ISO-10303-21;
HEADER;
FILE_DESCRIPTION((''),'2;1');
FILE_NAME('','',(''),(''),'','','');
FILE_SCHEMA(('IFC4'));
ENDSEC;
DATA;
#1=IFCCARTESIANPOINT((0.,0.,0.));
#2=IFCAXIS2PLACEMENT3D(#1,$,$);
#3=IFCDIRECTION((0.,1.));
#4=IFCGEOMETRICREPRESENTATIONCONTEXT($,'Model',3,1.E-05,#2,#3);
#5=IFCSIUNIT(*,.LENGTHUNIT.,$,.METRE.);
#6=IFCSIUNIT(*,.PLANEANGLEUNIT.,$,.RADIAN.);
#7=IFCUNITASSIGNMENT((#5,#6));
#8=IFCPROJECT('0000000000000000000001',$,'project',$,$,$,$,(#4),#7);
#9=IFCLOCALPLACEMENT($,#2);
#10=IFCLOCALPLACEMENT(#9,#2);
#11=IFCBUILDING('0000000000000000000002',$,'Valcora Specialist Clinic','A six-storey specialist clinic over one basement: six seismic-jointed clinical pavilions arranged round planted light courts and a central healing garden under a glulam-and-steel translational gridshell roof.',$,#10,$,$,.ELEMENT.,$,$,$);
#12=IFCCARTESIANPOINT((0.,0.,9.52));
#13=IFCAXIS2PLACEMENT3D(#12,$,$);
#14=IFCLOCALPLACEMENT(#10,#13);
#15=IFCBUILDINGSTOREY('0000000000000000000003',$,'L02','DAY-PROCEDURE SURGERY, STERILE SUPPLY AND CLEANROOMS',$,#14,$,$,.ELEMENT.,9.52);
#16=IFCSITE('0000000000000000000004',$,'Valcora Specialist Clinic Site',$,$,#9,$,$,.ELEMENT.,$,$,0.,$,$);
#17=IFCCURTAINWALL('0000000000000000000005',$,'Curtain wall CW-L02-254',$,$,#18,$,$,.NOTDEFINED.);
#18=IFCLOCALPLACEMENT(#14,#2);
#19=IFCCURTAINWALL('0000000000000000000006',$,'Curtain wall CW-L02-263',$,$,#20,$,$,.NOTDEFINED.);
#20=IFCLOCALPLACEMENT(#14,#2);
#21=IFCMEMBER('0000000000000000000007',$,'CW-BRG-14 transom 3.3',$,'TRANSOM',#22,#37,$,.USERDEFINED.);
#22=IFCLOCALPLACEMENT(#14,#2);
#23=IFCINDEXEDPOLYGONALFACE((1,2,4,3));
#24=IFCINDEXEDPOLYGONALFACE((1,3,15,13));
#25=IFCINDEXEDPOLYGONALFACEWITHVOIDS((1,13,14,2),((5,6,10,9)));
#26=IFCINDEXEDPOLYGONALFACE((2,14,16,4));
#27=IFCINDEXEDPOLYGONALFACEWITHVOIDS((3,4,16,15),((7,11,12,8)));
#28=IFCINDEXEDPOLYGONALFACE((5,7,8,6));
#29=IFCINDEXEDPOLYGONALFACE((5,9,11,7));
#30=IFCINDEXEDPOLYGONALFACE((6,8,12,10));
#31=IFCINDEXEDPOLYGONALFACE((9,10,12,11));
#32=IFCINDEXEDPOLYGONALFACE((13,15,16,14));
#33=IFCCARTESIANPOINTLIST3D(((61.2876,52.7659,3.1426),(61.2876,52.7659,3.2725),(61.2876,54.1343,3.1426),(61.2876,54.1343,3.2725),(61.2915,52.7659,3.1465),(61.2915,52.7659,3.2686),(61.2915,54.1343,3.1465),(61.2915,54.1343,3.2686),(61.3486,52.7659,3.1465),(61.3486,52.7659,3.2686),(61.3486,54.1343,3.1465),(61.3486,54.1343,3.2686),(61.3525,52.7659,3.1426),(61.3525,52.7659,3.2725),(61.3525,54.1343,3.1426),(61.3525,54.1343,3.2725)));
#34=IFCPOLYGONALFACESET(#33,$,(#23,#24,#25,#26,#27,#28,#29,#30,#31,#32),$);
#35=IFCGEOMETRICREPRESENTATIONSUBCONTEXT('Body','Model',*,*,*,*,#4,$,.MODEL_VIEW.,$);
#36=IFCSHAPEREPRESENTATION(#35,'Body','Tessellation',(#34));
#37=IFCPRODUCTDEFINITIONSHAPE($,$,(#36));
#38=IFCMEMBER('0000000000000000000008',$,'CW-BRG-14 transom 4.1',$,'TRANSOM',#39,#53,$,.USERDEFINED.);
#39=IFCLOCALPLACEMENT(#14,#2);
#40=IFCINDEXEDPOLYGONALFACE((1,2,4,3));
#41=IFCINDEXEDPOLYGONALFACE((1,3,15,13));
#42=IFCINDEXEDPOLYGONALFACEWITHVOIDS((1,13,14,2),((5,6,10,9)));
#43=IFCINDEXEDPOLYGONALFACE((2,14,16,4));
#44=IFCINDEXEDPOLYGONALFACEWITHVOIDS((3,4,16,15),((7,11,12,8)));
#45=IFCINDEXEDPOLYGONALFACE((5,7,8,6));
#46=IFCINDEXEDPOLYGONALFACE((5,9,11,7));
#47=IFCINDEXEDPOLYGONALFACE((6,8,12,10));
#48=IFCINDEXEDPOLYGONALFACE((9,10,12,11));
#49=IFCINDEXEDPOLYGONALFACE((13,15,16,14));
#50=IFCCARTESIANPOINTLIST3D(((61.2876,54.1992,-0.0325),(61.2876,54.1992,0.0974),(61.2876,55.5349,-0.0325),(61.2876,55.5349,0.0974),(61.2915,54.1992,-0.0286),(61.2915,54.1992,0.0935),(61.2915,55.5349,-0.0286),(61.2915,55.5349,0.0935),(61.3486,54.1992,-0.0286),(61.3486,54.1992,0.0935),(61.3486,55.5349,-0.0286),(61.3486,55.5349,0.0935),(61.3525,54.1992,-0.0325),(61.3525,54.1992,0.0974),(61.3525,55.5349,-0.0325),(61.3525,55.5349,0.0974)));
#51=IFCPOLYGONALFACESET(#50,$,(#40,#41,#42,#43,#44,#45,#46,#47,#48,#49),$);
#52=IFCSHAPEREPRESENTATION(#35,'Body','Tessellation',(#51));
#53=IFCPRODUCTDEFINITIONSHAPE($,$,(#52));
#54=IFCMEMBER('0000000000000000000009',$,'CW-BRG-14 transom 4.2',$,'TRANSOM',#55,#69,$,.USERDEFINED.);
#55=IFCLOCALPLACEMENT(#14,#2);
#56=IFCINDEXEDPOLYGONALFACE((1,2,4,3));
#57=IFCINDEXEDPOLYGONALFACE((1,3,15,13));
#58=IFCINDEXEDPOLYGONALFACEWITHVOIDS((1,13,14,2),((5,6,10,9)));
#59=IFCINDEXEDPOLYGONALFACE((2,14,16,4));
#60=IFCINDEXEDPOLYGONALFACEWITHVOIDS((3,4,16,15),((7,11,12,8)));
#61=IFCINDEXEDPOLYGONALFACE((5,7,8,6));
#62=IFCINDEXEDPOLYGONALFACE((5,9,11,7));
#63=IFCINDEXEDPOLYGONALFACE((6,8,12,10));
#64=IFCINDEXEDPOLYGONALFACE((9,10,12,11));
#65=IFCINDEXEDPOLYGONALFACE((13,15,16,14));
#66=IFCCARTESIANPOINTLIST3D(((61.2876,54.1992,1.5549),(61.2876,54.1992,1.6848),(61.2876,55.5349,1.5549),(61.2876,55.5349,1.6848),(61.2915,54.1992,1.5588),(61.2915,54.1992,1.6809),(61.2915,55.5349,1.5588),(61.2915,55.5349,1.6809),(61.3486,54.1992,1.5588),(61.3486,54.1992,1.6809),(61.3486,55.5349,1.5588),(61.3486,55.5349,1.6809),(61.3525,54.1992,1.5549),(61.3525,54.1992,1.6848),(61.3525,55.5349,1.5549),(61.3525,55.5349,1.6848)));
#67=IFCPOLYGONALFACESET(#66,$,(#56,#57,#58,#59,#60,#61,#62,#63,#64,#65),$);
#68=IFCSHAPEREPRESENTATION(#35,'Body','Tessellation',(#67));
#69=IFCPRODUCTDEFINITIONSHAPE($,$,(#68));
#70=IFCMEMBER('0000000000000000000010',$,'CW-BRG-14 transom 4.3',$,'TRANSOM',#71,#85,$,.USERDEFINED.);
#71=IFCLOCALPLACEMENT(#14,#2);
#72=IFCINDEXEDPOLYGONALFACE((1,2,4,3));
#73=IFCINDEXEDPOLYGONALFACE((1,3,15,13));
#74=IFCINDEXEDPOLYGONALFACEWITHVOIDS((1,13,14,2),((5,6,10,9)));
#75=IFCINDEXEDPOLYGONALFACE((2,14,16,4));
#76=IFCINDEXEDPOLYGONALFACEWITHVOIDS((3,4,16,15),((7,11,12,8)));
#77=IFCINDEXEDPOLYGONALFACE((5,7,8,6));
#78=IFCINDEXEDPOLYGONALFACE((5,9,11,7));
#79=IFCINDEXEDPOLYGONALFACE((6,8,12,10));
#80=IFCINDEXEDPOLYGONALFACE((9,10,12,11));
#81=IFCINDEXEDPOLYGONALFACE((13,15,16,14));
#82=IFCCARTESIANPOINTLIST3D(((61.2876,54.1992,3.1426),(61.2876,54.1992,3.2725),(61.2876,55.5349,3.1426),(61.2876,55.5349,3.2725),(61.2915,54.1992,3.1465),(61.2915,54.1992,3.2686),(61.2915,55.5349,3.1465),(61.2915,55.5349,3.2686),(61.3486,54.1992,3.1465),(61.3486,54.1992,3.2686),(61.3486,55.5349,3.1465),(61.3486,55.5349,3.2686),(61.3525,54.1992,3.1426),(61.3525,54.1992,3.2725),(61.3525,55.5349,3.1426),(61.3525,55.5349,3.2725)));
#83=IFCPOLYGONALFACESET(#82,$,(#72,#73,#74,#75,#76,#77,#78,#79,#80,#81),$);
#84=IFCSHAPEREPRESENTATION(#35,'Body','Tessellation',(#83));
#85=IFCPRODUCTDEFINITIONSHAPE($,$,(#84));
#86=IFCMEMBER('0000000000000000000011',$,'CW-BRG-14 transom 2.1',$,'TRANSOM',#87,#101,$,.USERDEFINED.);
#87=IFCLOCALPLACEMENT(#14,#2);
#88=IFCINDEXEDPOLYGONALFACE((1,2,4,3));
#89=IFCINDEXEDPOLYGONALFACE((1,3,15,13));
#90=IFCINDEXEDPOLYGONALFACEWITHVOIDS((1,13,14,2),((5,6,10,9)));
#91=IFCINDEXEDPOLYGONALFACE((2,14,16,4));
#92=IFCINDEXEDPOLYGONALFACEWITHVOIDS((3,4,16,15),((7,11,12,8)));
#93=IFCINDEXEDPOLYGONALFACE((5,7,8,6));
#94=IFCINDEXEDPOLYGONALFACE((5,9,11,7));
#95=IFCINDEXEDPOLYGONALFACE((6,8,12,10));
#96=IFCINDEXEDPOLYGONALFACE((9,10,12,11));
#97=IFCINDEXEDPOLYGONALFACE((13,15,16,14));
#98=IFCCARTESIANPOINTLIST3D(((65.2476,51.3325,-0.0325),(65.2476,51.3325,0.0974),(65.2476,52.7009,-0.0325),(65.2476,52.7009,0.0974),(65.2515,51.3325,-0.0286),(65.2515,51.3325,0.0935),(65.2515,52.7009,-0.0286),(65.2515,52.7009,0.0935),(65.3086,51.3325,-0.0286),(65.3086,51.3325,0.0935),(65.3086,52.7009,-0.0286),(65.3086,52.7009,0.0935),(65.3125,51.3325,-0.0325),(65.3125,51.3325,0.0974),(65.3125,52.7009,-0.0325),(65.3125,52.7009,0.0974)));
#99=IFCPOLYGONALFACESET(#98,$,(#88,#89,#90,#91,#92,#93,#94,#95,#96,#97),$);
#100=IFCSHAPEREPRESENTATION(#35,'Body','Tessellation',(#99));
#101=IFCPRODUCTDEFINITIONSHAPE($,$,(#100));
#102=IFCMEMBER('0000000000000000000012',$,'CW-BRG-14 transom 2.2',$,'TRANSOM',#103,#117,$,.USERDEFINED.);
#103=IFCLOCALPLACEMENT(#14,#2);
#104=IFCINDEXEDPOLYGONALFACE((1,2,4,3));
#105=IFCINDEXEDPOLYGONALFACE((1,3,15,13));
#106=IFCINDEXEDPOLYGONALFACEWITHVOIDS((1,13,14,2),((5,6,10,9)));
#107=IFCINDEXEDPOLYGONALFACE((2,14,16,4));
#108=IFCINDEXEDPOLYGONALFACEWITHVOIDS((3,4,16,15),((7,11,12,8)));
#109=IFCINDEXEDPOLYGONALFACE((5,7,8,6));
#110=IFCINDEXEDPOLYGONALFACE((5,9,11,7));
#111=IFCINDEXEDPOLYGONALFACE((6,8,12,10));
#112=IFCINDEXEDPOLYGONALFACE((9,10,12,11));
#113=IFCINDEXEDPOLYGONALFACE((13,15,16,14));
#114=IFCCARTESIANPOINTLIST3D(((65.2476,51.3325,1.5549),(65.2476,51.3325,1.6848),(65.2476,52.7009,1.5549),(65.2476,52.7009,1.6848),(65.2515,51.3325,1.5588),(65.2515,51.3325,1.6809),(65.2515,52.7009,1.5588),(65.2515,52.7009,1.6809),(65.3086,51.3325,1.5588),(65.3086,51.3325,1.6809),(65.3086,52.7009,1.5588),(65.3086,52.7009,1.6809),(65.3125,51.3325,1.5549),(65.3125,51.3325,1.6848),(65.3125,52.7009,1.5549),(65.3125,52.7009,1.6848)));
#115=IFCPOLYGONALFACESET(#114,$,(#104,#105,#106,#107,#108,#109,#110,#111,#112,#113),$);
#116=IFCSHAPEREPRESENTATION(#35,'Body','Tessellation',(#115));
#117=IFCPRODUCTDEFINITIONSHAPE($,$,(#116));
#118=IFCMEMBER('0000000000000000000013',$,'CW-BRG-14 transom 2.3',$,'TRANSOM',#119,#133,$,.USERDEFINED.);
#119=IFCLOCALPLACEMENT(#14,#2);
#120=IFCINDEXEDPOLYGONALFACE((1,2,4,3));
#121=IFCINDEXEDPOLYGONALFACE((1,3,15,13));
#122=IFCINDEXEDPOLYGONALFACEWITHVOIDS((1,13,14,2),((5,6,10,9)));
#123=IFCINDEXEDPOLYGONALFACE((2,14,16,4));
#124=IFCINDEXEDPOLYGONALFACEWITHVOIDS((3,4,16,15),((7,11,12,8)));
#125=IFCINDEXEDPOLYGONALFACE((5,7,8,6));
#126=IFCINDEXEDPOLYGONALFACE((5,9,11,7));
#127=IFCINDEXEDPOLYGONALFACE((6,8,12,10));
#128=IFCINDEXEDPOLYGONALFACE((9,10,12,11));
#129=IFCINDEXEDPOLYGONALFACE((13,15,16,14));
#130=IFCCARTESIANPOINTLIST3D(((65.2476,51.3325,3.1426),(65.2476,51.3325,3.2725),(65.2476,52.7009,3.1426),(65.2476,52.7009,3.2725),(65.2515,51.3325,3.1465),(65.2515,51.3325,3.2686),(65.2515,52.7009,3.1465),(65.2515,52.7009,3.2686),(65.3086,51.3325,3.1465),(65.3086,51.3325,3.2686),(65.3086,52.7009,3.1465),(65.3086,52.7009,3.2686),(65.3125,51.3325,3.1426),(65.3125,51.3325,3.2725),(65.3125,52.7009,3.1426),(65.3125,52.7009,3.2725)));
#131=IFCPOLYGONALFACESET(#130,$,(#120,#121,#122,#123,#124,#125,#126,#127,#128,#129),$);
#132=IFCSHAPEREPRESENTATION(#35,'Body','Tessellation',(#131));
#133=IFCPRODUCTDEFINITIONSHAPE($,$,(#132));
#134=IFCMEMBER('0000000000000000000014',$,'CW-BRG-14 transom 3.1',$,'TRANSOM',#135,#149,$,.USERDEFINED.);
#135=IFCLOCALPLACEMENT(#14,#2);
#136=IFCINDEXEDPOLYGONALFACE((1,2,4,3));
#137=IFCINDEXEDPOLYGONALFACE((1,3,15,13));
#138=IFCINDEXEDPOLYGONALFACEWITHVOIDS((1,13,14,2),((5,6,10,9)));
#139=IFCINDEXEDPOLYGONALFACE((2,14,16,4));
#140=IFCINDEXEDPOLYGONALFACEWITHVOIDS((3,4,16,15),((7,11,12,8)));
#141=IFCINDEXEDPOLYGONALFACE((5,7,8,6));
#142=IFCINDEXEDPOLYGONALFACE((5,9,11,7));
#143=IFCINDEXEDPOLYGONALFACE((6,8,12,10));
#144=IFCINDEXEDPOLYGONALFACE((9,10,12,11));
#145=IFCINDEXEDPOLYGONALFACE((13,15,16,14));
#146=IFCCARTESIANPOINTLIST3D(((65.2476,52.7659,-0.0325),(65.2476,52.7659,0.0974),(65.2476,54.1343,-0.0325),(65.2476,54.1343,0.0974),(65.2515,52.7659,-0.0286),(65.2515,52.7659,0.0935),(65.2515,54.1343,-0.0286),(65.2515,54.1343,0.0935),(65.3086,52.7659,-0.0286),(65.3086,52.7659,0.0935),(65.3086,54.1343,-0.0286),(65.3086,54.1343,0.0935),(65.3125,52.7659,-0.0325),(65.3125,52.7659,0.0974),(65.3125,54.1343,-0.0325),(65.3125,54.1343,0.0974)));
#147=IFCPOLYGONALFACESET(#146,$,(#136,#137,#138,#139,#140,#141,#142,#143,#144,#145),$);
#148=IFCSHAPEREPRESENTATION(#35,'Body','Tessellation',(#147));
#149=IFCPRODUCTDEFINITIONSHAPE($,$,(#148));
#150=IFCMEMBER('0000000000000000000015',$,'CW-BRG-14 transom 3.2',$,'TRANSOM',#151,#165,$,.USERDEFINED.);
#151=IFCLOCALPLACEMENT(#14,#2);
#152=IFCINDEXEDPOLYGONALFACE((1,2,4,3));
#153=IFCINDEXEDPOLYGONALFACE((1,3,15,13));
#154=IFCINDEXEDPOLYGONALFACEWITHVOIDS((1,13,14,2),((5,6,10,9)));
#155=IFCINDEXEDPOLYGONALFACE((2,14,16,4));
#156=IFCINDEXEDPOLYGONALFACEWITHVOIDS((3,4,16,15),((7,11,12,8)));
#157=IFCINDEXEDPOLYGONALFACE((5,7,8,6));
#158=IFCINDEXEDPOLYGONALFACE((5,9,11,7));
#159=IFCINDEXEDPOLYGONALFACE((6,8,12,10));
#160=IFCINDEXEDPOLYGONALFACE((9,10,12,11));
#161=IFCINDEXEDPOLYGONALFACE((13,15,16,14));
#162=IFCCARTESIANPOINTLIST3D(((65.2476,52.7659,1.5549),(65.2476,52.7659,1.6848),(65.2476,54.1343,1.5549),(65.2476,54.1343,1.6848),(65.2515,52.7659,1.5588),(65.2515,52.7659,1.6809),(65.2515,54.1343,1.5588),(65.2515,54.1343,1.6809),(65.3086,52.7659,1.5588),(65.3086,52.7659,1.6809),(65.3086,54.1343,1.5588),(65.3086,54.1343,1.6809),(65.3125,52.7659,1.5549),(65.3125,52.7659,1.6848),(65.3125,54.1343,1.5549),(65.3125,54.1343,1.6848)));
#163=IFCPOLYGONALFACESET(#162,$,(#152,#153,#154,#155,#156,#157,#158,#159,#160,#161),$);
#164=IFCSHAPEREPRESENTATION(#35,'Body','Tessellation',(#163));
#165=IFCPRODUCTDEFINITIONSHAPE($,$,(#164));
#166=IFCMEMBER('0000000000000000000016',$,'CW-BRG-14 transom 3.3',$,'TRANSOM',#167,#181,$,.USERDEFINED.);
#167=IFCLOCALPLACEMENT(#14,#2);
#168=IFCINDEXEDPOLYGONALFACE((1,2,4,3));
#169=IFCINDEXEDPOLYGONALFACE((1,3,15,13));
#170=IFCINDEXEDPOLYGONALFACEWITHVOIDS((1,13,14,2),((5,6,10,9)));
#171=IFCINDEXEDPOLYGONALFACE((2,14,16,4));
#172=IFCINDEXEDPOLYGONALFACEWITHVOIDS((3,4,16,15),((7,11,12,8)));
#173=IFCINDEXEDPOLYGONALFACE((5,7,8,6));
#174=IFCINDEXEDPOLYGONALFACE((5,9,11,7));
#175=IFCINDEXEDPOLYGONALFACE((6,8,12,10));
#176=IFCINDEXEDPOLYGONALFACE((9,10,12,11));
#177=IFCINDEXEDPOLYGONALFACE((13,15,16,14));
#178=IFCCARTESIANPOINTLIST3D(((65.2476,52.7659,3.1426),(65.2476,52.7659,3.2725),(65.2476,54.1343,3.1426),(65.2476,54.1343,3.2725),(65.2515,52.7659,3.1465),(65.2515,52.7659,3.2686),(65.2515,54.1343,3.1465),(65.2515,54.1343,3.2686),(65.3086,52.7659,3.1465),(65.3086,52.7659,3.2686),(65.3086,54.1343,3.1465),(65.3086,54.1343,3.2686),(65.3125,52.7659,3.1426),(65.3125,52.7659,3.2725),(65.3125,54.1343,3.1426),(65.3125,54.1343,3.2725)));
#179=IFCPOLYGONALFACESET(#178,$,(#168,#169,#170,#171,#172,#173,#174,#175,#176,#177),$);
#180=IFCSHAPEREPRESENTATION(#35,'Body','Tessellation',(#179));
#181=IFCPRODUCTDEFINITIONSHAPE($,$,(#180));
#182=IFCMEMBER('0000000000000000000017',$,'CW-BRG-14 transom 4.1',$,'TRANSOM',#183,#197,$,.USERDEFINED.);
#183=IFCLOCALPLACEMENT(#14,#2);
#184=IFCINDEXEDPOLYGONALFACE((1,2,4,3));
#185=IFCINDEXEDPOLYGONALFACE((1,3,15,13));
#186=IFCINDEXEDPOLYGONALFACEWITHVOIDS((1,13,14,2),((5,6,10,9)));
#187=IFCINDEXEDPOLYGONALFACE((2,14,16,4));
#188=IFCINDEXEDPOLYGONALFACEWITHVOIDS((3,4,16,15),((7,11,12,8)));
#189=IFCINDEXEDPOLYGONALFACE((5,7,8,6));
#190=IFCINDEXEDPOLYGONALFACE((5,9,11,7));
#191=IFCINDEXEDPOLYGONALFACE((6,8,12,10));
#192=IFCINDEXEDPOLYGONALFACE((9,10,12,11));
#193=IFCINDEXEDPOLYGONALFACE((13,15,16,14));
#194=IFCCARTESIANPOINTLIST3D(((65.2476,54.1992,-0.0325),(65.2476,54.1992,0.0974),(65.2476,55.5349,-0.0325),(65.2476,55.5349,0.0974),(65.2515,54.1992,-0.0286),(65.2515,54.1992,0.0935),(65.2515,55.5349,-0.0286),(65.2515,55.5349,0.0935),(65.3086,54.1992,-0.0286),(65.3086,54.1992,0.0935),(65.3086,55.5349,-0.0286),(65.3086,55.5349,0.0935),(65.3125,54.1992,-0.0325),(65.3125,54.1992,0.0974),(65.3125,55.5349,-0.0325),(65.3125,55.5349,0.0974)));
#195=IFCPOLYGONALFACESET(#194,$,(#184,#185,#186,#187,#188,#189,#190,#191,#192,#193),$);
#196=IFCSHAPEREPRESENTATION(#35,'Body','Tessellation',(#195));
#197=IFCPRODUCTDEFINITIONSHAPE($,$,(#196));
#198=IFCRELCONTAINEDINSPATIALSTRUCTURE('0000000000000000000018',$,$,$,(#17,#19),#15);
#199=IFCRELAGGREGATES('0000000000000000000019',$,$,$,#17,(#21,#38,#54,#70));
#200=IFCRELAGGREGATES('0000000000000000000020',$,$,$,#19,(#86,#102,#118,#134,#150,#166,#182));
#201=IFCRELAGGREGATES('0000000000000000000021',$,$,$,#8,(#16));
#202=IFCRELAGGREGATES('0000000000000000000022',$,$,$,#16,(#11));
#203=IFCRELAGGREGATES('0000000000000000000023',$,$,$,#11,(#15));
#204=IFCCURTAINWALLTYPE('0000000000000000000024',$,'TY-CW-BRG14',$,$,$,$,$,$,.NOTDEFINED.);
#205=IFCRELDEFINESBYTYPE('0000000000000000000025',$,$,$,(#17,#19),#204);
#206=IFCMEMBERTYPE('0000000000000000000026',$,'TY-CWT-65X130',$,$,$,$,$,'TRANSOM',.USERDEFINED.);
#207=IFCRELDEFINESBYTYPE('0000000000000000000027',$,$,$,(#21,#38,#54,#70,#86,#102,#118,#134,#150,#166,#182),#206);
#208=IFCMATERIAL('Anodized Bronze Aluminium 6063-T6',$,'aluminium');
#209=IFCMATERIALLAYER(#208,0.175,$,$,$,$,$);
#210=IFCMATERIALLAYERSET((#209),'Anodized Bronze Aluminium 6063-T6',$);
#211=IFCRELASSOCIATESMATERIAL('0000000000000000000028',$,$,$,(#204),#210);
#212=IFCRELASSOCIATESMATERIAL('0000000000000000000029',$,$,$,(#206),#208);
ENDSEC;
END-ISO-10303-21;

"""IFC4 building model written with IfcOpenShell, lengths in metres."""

from ifc_helpers import new_model, si_unit, direction, frame, origin, origin_2d, place, context, subcontext, project, spatial, hollow_rectangle, extrude, material, layer, layer_set, material_profile, profile_set, type_object, element, aggregate, save


model = new_model("IFC4")

# Units and contexts
model_context = context("Model", 3, precision=1e-05, world=origin(), true_north=direction((0.0, 1.0)))
body_context = subcontext(model_context, "Body", "Model", "MODEL_VIEW")
ifc_project = project(units=[si_unit("LENGTHUNIT", "METRE"), si_unit("PLANEANGLEUNIT", "RADIAN")], contexts=[model_context])

# Site, building, storey
site_placement = place(None, origin())
site = spatial("IfcSite", under=ifc_project, at=site_placement, Name="Valcora Specialist Clinic Site", CompositionType="ELEMENT", RefElevation=0.0)
building_placement = place(site_placement, origin())
building = spatial("IfcBuilding", under=site, at=building_placement, Name="Valcora Specialist Clinic", Description="A six-storey specialist clinic over one basement: six seismic-jointed clinical pavilions arranged round planted light courts and a central healing garden under a glulam-and-steel translational gridshell roof.", CompositionType="ELEMENT")
storey_placement = place(building_placement, frame((0.0, 0.0, 9.52)))
storey = spatial("IfcBuildingStorey", under=building, at=storey_placement, Name="L02", Description="DAY-PROCEDURE SURGERY, STERILE SUPPLY AND CLEANROOMS", CompositionType="ELEMENT", Elevation=9.52)

# Curtain walls
ifc_material_1 = material(Name="Anodized Bronze Aluminium 6063-T6", Category="aluminium")
ifc_layer_1 = layer(ifc_material_1, 0.175)
ifc_layer_set_1 = layer_set([ifc_layer_1], Name="Anodized Bronze Aluminium 6063-T6")
curtain_wall_type = type_object("IfcCurtainWallType", Name="TY-CW-BRG14", PredefinedType="NOTDEFINED", material=ifc_layer_set_1)
curtain_wall_1_placement = place(storey_placement, origin())
curtain_wall_1 = element("IfcCurtainWall", 1, at=curtain_wall_1_placement, inside=storey, type_object=curtain_wall_type, Name="Curtain wall CW-L02-254", PredefinedType="NOTDEFINED")
curtain_wall_2_placement = place(storey_placement, origin())
curtain_wall_2 = element("IfcCurtainWall", 2, at=curtain_wall_2_placement, inside=storey, type_object=curtain_wall_type, Name="Curtain wall CW-L02-263", PredefinedType="NOTDEFINED")

# Members
ifc_material_profile_1 = material_profile(ifc_material_1, hollow_rectangle(XDim=0.0649, YDim=0.1299, WallThickness=0.0039, at=origin_2d()), Name="AL-TRN-65X130")
ifc_profile_set_1 = profile_set([ifc_material_profile_1], Name="Anodized Bronze Aluminium 6063-T6")
member_type_1 = type_object("IfcMemberType", Name="TY-CWT-65X130", ElementType="TRANSOM", PredefinedType="USERDEFINED", material=ifc_profile_set_1)
member_1_placement = place(storey_placement, frame((61.3201, 52.7659, 3.2075), z_axis=(0.0, 1.0, 0.0), x_axis=(-1.0, 0.0, 0.0)))
member_1 = element("IfcMember", 3, at=member_1_placement, type_object=member_type_1, Name="CW-BRG-14 transom 3.3", ObjectType="TRANSOM", PredefinedType="USERDEFINED", context=body_context, shape_type="SweptSolid", body=[
    extrude(hollow_rectangle(XDim=0.0649, YDim=0.1299, WallThickness=0.0039, at=origin_2d()), origin(), (0.0, 0.0, 1.0), 1.3684),
])
member_2_placement = place(storey_placement, frame((61.3201, 54.1992, 0.0325), z_axis=(0.0, 1.0, 0.0), x_axis=(-1.0, 0.0, 0.0)))
member_2 = element("IfcMember", 4, at=member_2_placement, type_object=member_type_1, Name="CW-BRG-14 transom 4.1", ObjectType="TRANSOM", PredefinedType="USERDEFINED", context=body_context, shape_type="SweptSolid", body=[
    extrude(hollow_rectangle(XDim=0.0649, YDim=0.1299, WallThickness=0.0039, at=origin_2d()), origin(), (0.0, 0.0, 1.0), 1.3357),
])
member_3_placement = place(storey_placement, frame((61.3201, 54.1992, 1.6199), z_axis=(0.0, 1.0, 0.0), x_axis=(-1.0, 0.0, 0.0)))
member_3 = element("IfcMember", 5, at=member_3_placement, type_object=member_type_1, Name="CW-BRG-14 transom 4.2", ObjectType="TRANSOM", PredefinedType="USERDEFINED", context=body_context, shape_type="SweptSolid", body=[
    extrude(hollow_rectangle(XDim=0.0649, YDim=0.1299, WallThickness=0.0039, at=origin_2d()), origin(), (0.0, 0.0, 1.0), 1.3357),
])
member_4_placement = place(storey_placement, frame((61.3201, 54.1992, 3.2075), z_axis=(0.0, 1.0, 0.0), x_axis=(-1.0, 0.0, 0.0)))
member_4 = element("IfcMember", 6, at=member_4_placement, type_object=member_type_1, Name="CW-BRG-14 transom 4.3", ObjectType="TRANSOM", PredefinedType="USERDEFINED", context=body_context, shape_type="SweptSolid", body=[
    extrude(hollow_rectangle(XDim=0.0649, YDim=0.1299, WallThickness=0.0039, at=origin_2d()), origin(), (0.0, 0.0, 1.0), 1.3357),
])
member_5_placement = place(storey_placement, frame((65.28, 51.3325, 0.0325), z_axis=(0.0, 1.0, 0.0), x_axis=(-1.0, 0.0, 0.0)))
member_5 = element("IfcMember", 7, at=member_5_placement, type_object=member_type_1, Name="CW-BRG-14 transom 2.1", ObjectType="TRANSOM", PredefinedType="USERDEFINED", context=body_context, shape_type="SweptSolid", body=[
    extrude(hollow_rectangle(XDim=0.0649, YDim=0.1299, WallThickness=0.0039, at=origin_2d()), origin(), (0.0, 0.0, 1.0), 1.3684),
])
member_6_placement = place(storey_placement, frame((65.28, 51.3325, 1.6199), z_axis=(0.0, 1.0, 0.0), x_axis=(-1.0, 0.0, 0.0)))
member_6 = element("IfcMember", 8, at=member_6_placement, type_object=member_type_1, Name="CW-BRG-14 transom 2.2", ObjectType="TRANSOM", PredefinedType="USERDEFINED", context=body_context, shape_type="SweptSolid", body=[
    extrude(hollow_rectangle(XDim=0.0649, YDim=0.1299, WallThickness=0.0039, at=origin_2d()), origin(), (0.0, 0.0, 1.0), 1.3684),
])
member_7_placement = place(storey_placement, frame((65.28, 51.3325, 3.2075), z_axis=(0.0, 1.0, 0.0), x_axis=(-1.0, 0.0, 0.0)))
member_7 = element("IfcMember", 9, at=member_7_placement, type_object=member_type_1, Name="CW-BRG-14 transom 2.3", ObjectType="TRANSOM", PredefinedType="USERDEFINED", context=body_context, shape_type="SweptSolid", body=[
    extrude(hollow_rectangle(XDim=0.0649, YDim=0.1299, WallThickness=0.0039, at=origin_2d()), origin(), (0.0, 0.0, 1.0), 1.3684),
])
member_8_placement = place(storey_placement, frame((65.28, 52.7659, 0.0325), z_axis=(0.0, 1.0, 0.0), x_axis=(-1.0, 0.0, 0.0)))
member_8 = element("IfcMember", 10, at=member_8_placement, type_object=member_type_1, Name="CW-BRG-14 transom 3.1", ObjectType="TRANSOM", PredefinedType="USERDEFINED", context=body_context, shape_type="SweptSolid", body=[
    extrude(hollow_rectangle(XDim=0.0649, YDim=0.1299, WallThickness=0.0039, at=origin_2d()), origin(), (0.0, 0.0, 1.0), 1.3684),
])
member_9_placement = place(storey_placement, frame((65.28, 52.7659, 1.6199), z_axis=(0.0, 1.0, 0.0), x_axis=(-1.0, 0.0, 0.0)))
member_9 = element("IfcMember", 11, at=member_9_placement, type_object=member_type_1, Name="CW-BRG-14 transom 3.2", ObjectType="TRANSOM", PredefinedType="USERDEFINED", context=body_context, shape_type="SweptSolid", body=[
    extrude(hollow_rectangle(XDim=0.0649, YDim=0.1299, WallThickness=0.0039, at=origin_2d()), origin(), (0.0, 0.0, 1.0), 1.3684),
])
member_10_placement = place(storey_placement, frame((65.28, 52.7659, 3.2075), z_axis=(0.0, 1.0, 0.0), x_axis=(-1.0, 0.0, 0.0)))
member_10 = element("IfcMember", 12, at=member_10_placement, type_object=member_type_1, Name="CW-BRG-14 transom 3.3", ObjectType="TRANSOM", PredefinedType="USERDEFINED", context=body_context, shape_type="SweptSolid", body=[
    extrude(hollow_rectangle(XDim=0.0649, YDim=0.1299, WallThickness=0.0039, at=origin_2d()), origin(), (0.0, 0.0, 1.0), 1.3684),
])
member_11_placement = place(storey_placement, frame((65.28, 54.1992, 0.0325), z_axis=(0.0, 1.0, 0.0), x_axis=(-1.0, 0.0, 0.0)))
member_11 = element("IfcMember", 13, at=member_11_placement, type_object=member_type_1, Name="CW-BRG-14 transom 4.1", ObjectType="TRANSOM", PredefinedType="USERDEFINED", context=body_context, shape_type="SweptSolid", body=[
    extrude(hollow_rectangle(XDim=0.0649, YDim=0.1299, WallThickness=0.0039, at=origin_2d()), origin(), (0.0, 0.0, 1.0), 1.3357),
])

aggregate(curtain_wall_1, [member_1, member_2, member_3, member_4])
aggregate(curtain_wall_2, [member_5, member_6, member_7, member_8, member_9, member_10, member_11])

save(model, "model.ifc")
